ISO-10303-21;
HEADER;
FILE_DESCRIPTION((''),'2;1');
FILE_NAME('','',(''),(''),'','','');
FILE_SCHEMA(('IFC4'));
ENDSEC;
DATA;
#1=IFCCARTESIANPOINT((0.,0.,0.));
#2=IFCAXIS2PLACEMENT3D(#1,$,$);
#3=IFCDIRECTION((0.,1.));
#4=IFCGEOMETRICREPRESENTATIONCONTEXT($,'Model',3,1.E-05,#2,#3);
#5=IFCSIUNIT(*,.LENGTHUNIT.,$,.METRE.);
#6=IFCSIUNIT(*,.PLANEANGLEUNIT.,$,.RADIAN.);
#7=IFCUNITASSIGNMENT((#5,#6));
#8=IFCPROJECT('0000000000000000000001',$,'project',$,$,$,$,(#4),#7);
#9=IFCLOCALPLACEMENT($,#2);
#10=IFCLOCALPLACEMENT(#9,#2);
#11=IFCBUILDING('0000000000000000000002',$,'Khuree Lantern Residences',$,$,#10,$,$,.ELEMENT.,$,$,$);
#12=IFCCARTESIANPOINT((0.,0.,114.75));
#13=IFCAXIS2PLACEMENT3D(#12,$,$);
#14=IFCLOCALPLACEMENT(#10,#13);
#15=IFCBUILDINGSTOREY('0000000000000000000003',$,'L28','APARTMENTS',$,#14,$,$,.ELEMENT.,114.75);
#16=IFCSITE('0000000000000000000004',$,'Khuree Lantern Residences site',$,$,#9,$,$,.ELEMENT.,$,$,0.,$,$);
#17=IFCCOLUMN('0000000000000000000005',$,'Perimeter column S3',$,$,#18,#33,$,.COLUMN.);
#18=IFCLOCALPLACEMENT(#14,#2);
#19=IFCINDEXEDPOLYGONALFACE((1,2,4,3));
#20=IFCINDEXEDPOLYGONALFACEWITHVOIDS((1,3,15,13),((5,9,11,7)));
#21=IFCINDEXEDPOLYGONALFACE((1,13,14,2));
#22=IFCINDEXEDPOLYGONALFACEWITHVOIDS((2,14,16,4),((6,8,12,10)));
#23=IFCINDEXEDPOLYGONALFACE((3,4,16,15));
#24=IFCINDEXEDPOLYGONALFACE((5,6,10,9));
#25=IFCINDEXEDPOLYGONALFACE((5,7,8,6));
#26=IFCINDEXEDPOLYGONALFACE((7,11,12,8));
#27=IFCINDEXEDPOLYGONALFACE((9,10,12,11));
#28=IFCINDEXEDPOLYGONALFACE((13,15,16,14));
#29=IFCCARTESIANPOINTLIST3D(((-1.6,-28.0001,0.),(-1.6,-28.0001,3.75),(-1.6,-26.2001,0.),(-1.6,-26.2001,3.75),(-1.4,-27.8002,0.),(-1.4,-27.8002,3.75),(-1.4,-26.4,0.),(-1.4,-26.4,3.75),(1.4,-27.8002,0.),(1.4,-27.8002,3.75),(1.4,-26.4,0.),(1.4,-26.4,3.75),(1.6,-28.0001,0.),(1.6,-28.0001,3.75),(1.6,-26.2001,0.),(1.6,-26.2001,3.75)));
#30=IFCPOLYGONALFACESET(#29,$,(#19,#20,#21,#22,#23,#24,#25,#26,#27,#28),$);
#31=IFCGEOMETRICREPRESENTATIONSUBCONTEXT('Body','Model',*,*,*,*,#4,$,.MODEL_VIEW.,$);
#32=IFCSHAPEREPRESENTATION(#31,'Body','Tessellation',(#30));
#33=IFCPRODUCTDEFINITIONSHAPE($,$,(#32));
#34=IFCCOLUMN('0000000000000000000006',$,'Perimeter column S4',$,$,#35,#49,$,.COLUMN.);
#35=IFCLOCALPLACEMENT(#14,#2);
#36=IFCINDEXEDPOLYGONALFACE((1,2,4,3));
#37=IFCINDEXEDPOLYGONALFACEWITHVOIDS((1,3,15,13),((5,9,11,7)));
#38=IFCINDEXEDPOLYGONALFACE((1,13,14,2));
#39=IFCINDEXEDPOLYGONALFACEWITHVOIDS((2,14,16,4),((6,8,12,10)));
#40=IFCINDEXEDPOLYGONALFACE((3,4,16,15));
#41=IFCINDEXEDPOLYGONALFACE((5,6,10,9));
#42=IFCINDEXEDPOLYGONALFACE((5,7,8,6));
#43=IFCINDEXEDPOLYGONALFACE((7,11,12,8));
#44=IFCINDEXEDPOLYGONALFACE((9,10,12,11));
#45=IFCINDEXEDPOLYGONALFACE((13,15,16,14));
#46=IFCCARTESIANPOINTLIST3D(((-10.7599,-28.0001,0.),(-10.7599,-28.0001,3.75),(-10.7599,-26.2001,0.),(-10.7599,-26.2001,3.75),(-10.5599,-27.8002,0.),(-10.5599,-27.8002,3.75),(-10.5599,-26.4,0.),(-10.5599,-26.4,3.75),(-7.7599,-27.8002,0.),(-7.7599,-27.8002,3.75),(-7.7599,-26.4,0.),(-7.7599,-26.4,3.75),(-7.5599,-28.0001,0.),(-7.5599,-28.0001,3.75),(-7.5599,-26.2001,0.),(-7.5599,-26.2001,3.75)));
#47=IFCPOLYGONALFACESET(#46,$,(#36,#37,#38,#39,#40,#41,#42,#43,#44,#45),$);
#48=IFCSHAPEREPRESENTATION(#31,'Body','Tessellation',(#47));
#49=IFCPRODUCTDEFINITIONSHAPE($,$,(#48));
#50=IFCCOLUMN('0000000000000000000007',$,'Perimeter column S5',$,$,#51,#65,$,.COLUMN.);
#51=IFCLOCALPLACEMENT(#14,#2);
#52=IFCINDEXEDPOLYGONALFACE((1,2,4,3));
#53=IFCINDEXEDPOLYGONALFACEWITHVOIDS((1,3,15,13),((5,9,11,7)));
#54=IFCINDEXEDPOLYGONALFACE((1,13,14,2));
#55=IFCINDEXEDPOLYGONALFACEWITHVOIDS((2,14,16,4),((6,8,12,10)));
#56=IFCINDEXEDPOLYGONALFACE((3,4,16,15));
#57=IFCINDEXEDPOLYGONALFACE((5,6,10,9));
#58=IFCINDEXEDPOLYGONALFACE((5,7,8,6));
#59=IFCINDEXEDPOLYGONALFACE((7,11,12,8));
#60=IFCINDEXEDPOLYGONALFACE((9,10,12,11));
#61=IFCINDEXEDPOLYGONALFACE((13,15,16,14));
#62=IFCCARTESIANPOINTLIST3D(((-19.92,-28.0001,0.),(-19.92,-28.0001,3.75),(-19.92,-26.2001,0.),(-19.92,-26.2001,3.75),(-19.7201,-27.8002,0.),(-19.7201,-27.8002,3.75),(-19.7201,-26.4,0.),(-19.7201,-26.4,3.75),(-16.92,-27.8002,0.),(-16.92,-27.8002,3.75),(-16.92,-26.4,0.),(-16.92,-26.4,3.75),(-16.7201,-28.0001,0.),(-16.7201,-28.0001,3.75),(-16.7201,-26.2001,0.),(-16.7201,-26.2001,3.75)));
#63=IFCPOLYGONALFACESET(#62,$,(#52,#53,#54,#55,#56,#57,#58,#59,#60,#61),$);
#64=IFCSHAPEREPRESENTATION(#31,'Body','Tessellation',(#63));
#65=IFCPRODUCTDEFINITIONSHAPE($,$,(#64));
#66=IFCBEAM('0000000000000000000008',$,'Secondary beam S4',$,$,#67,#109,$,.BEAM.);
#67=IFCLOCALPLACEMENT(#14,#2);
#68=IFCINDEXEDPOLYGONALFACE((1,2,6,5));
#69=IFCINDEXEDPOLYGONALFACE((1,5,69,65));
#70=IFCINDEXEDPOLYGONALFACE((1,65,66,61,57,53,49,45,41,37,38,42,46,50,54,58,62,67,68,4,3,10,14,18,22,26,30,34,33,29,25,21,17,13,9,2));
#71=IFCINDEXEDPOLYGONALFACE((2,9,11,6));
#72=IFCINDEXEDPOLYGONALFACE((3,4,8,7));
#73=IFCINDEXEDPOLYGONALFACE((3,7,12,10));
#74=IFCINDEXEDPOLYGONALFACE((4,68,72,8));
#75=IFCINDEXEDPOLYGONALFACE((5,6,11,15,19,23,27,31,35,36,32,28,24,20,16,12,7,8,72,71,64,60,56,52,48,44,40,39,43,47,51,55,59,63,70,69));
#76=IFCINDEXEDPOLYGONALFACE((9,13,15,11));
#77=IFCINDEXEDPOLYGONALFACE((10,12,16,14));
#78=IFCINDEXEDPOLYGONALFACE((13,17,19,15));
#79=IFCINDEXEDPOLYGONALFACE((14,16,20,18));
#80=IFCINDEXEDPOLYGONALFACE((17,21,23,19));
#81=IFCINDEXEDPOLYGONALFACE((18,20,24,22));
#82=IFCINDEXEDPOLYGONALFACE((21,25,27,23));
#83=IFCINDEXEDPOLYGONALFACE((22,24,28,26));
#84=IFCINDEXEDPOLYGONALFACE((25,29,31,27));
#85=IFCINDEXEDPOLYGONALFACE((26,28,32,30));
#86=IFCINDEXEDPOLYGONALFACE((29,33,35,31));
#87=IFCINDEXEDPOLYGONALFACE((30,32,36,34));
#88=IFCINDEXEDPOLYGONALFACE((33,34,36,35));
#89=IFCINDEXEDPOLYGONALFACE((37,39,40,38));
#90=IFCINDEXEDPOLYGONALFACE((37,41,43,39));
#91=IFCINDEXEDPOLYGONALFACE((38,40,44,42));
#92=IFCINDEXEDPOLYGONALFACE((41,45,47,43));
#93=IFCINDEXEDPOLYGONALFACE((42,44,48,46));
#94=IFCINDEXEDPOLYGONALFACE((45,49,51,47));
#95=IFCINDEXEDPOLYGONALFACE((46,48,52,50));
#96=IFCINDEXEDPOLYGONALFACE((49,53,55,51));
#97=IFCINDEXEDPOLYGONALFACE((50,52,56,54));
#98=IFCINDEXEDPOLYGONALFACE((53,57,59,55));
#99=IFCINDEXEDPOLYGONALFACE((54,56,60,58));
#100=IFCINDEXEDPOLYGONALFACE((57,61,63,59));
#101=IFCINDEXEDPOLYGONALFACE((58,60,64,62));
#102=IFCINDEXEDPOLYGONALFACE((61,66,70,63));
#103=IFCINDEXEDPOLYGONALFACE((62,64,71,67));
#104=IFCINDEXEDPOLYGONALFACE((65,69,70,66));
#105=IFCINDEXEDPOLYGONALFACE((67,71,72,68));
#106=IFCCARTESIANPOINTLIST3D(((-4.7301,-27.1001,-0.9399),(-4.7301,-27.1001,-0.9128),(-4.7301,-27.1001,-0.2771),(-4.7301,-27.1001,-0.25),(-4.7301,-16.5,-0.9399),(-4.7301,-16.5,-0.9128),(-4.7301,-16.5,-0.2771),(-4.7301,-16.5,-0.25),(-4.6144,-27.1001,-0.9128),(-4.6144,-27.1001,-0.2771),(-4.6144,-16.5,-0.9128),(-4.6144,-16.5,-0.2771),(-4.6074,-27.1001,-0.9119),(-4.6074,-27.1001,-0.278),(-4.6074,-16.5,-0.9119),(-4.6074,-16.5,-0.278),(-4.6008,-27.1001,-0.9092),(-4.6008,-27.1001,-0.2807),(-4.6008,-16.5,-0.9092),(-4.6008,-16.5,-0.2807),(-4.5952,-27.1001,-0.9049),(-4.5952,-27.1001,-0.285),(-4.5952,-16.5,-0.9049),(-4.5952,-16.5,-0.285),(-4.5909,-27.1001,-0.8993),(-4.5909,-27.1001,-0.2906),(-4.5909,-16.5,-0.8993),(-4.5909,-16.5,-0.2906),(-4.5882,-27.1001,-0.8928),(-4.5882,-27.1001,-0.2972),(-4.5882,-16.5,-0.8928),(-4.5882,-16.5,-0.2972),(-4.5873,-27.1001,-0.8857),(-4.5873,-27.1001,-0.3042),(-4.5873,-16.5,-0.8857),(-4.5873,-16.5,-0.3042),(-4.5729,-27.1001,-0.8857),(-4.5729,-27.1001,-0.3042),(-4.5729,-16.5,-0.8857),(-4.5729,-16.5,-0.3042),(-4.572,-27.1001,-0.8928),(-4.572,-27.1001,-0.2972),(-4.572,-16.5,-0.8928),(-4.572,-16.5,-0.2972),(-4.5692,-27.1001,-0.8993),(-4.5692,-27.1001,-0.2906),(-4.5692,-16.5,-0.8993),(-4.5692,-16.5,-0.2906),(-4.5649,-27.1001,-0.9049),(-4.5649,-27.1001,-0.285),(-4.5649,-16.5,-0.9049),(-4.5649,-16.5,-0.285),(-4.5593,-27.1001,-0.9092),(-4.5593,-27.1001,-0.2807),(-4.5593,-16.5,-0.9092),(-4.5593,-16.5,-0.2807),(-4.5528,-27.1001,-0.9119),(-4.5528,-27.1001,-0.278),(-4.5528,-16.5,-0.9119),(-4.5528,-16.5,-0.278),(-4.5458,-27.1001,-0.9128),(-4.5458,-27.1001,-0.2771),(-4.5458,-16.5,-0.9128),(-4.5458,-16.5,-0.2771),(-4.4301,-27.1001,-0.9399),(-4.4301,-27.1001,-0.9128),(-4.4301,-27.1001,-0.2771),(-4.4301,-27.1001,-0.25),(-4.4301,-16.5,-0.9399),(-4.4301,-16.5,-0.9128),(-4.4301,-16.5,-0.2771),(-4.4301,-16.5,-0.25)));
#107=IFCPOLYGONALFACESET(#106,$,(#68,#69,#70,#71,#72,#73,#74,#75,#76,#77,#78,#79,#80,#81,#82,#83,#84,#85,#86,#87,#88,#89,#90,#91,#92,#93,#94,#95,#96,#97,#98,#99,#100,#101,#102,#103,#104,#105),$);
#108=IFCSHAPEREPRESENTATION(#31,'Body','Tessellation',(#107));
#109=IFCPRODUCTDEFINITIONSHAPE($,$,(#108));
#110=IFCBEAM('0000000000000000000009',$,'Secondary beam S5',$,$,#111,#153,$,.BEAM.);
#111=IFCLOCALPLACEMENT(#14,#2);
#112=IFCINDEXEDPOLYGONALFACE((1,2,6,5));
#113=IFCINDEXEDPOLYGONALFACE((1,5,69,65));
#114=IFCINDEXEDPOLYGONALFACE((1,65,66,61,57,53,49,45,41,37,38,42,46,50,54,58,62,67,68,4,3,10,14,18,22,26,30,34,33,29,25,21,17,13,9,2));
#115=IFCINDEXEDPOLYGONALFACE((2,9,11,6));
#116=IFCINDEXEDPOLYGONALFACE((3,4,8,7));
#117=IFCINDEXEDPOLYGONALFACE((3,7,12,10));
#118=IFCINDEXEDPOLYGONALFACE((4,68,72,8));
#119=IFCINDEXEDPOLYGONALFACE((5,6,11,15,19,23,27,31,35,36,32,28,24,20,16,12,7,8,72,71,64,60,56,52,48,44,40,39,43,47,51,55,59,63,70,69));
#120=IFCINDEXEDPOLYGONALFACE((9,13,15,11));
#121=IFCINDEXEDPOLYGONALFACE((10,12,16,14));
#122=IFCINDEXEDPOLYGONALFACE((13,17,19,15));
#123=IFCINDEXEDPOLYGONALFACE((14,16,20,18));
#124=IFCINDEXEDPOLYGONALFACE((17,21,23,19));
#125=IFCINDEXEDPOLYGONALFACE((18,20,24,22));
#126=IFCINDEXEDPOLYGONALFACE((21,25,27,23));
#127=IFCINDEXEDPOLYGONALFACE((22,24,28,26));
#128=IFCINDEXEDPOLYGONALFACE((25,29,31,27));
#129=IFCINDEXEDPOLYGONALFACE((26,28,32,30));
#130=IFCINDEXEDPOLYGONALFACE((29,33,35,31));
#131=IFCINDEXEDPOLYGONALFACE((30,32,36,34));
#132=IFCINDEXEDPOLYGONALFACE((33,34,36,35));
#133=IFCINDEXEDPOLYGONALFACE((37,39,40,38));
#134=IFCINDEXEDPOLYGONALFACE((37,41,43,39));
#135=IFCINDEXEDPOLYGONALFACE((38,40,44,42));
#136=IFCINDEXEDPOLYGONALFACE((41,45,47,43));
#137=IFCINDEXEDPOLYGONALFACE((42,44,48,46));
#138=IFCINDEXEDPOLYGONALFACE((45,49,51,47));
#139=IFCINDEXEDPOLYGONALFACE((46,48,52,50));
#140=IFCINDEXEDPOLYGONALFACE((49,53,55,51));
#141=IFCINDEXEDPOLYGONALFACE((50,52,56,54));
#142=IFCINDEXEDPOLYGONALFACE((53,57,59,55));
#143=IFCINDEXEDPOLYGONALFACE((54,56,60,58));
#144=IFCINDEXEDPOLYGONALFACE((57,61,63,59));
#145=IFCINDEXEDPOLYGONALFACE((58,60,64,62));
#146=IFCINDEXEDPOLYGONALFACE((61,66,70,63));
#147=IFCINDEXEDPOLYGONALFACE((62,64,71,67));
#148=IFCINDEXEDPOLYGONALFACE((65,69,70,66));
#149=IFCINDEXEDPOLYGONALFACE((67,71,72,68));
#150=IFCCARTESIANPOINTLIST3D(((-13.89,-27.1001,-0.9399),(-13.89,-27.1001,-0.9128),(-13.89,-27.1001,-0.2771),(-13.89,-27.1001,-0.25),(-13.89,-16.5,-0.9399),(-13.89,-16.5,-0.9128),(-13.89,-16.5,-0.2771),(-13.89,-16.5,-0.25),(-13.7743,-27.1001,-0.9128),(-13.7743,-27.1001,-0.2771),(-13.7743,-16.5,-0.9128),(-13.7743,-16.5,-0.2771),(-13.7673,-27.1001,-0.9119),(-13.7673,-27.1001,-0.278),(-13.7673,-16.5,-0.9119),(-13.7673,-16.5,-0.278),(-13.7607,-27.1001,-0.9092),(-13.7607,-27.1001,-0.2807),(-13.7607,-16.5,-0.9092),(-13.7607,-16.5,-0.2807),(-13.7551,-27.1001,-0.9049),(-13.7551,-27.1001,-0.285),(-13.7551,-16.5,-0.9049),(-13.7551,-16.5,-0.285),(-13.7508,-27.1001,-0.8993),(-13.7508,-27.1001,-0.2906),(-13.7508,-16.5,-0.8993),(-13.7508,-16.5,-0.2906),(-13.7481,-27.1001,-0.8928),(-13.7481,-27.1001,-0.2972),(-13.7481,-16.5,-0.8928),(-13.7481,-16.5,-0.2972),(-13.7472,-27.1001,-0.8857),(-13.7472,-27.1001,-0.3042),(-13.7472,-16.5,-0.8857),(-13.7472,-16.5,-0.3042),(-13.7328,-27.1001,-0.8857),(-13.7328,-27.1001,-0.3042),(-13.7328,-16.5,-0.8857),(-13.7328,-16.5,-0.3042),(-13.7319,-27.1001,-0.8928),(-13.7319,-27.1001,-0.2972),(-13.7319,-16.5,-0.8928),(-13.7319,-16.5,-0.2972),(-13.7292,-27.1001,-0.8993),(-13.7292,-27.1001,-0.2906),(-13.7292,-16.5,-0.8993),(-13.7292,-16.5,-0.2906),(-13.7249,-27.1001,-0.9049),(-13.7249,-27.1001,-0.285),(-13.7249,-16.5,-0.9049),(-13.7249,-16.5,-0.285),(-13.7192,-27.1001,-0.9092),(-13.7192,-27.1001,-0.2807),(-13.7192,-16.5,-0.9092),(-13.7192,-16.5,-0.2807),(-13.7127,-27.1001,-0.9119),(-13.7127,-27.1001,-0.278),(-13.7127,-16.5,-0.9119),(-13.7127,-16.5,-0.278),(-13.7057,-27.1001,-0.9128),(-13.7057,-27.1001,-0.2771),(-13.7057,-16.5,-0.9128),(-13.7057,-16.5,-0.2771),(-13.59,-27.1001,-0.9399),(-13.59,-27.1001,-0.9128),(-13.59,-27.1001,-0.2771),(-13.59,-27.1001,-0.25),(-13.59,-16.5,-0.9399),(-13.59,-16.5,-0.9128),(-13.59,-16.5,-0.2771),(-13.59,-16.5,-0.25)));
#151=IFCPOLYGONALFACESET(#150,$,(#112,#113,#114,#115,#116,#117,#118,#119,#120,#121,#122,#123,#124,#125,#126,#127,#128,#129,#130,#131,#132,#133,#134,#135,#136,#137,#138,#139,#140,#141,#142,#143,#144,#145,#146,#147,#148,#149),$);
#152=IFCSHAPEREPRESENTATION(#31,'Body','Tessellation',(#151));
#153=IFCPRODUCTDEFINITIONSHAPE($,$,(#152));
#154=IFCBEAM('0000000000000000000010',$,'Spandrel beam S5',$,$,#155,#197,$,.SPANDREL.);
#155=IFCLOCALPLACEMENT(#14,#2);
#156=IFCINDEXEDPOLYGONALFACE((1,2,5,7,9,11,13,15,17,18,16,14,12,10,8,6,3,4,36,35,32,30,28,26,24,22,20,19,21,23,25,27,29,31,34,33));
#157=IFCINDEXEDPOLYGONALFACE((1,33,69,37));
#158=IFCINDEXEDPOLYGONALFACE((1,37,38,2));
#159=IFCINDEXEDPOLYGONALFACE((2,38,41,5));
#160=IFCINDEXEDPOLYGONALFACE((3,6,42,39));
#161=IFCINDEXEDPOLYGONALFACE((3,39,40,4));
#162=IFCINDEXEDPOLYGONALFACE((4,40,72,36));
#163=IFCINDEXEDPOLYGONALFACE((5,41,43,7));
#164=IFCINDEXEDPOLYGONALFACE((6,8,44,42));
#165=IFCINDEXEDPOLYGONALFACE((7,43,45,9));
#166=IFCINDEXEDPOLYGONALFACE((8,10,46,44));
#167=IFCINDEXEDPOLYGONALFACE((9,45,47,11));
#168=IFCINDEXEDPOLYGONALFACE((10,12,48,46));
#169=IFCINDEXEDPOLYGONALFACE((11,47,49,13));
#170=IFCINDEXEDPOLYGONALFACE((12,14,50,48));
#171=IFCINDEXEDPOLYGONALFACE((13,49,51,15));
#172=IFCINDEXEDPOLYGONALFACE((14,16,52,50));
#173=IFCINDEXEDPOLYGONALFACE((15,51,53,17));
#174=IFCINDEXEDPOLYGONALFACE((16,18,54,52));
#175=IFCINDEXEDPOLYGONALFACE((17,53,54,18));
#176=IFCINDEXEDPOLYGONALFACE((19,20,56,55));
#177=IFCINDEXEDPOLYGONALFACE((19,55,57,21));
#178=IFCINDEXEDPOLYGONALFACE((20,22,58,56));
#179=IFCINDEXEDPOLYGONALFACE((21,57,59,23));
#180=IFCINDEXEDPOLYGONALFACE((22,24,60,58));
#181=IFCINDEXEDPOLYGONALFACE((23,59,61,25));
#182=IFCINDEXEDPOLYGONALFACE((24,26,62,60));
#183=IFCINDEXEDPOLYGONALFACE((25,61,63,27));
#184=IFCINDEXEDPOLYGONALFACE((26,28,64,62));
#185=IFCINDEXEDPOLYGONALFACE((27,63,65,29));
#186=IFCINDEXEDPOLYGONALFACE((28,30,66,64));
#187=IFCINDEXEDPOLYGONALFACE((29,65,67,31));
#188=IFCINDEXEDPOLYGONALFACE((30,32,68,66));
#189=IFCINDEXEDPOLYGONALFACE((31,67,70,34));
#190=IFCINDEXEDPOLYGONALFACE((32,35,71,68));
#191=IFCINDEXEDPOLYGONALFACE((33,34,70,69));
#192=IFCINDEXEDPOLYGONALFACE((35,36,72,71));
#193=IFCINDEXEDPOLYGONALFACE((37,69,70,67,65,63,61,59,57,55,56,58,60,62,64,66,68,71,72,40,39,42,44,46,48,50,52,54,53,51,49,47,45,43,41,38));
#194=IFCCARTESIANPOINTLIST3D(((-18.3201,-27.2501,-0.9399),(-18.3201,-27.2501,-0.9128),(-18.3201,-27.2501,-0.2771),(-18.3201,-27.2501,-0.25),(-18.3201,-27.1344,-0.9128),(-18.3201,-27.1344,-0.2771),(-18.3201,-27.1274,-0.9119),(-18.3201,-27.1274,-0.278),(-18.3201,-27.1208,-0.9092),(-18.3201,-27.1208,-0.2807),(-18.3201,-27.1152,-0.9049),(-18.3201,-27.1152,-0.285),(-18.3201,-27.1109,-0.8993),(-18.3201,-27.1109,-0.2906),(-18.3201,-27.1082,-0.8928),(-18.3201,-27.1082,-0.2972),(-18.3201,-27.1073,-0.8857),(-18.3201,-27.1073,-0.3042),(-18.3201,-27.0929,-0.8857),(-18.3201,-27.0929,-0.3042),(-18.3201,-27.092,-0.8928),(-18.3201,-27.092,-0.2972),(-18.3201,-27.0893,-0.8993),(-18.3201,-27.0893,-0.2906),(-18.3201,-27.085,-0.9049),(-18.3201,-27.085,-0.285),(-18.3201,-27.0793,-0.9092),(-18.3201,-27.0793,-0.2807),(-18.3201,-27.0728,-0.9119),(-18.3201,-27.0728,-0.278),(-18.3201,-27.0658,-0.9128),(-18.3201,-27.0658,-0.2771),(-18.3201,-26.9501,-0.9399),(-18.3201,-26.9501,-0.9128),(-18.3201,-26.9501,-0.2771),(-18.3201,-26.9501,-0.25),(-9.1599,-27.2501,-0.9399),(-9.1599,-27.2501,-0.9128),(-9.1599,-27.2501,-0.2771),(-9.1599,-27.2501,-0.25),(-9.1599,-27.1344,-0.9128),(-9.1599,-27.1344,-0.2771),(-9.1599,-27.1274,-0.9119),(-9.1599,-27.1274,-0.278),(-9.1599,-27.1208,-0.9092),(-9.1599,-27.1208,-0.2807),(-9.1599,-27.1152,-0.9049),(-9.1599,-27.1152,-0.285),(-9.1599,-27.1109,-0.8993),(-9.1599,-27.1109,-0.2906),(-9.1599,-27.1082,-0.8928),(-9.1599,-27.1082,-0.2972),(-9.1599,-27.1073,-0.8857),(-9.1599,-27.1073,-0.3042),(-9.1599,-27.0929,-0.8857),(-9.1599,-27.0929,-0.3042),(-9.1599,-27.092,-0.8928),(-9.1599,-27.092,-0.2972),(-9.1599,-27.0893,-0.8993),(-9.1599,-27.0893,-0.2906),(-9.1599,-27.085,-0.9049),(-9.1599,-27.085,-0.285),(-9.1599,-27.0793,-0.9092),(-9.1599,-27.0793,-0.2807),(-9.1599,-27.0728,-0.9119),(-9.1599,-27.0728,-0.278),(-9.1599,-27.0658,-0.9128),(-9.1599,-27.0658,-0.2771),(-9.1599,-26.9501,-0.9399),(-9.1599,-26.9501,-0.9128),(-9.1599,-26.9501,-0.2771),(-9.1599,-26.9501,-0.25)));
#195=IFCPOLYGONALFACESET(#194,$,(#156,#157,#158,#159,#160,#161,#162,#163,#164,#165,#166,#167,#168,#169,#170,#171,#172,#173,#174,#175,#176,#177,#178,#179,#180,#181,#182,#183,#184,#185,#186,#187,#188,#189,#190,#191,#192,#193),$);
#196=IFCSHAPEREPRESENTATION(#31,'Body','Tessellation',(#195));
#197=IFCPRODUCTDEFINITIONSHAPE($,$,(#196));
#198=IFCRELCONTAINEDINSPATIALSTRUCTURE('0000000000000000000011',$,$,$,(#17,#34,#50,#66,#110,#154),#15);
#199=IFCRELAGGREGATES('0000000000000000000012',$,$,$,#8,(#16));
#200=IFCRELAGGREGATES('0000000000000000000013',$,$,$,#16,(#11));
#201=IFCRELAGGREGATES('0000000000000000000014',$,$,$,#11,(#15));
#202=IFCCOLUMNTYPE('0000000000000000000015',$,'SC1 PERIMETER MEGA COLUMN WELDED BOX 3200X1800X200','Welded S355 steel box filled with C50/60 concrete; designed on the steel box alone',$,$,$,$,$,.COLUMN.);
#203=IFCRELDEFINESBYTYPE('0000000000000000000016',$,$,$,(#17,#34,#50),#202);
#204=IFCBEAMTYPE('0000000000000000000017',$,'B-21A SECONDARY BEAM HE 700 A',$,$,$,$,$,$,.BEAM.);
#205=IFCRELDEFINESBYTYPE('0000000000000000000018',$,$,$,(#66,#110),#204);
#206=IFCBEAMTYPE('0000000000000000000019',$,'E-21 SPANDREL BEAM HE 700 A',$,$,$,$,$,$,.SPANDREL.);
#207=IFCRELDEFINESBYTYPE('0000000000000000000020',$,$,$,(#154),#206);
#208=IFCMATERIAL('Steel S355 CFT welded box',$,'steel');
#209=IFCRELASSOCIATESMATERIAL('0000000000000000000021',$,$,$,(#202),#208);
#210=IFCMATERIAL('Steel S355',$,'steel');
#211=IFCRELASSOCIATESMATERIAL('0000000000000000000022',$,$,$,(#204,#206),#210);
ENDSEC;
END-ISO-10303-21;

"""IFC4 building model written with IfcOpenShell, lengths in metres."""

from ifc_helpers import new_model, si_unit, direction, frame, origin, origin_2d, place, context, subcontext, project, spatial, hollow_rectangle, i_section, extrude, material, material_profile, profile_set, type_object, element, save


model = new_model("IFC4")

# Units and contexts
model_context = context("Model", 3, precision=1e-05, world=origin(), true_north=direction((0.0, 1.0)))
body_context = subcontext(model_context, "Body", "Model", "MODEL_VIEW")
ifc_project = project(units=[si_unit("LENGTHUNIT", "METRE"), si_unit("PLANEANGLEUNIT", "RADIAN")], contexts=[model_context])

# Site, building, storey
site_placement = place(None, origin())
site = spatial("IfcSite", under=ifc_project, at=site_placement, Name="Khuree Lantern Residences site", CompositionType="ELEMENT", RefElevation=0.0)
building_placement = place(site_placement, origin())
building = spatial("IfcBuilding", under=site, at=building_placement, Name="Khuree Lantern Residences", CompositionType="ELEMENT")
storey_placement = place(building_placement, frame((0.0, 0.0, 114.75)))
storey = spatial("IfcBuildingStorey", under=building, at=storey_placement, Name="L28", Description="APARTMENTS", CompositionType="ELEMENT", Elevation=114.75)

# Columns
ifc_material_1 = material(Name="Steel S355 CFT welded box", Category="steel")
ifc_material_profile_1 = material_profile(ifc_material_1, hollow_rectangle(XDim=3.2, YDim=1.8, WallThickness=0.2, at=origin_2d()), Name="WELDED BOX 3200X1800X200")
ifc_profile_set_1 = profile_set([ifc_material_profile_1], Name="Steel S355 CFT welded box")
column_type = type_object("IfcColumnType", Name="SC1 PERIMETER MEGA COLUMN WELDED BOX 3200X1800X200", Description="Welded S355 steel box filled with C50/60 concrete; designed on the steel box alone", PredefinedType="COLUMN", material=ifc_profile_set_1)
for number, where, z_axis, x_axis, name in (
    (1, (0.0, -27.1001, 0.0), (0.0, 0.0, 1.0), (1.0, 0.0, 0.0), "Perimeter column S3"),
    (2, (-9.1599, -27.1001, 0.0), (0.0, 0.0, 1.0), (1.0, 0.0, 0.0), "Perimeter column S4"),
    (3, (-18.3201, -27.1001, 0.0), (0.0, 0.0, 1.0), (1.0, 0.0, 0.0), "Perimeter column S5"),
):
    element("IfcColumn", number, at=place(storey_placement, frame(where, z_axis=z_axis, x_axis=x_axis)), inside=storey, type_object=column_type, Name=name, PredefinedType="COLUMN", context=body_context, shape_type="SweptSolid", body=[
        extrude(hollow_rectangle(XDim=3.2, YDim=1.8, WallThickness=0.2, at=origin_2d()), origin(), (0.0, 0.0, 1.0), 3.75),
    ])

# Beams
ifc_material_2 = material(Name="Steel S355", Category="steel")
ifc_material_profile_2 = material_profile(ifc_material_2, i_section(OverallWidth=0.3, OverallDepth=0.6899, WebThickness=0.0144, FlangeThickness=0.0271, FilletRadius=0.0271, at=origin_2d()), Name="HE 700 A")
ifc_profile_set_2 = profile_set([ifc_material_profile_2], Name="Steel S355")
beam_type_1 = type_object("IfcBeamType", Name="B-21A SECONDARY BEAM HE 700 A", PredefinedType="BEAM", material=ifc_profile_set_2)
for number, where, z_axis, x_axis, name in (
    (4, (-4.5801, -27.1001, -0.595), (0.0, 1.0, 0.0), (-1.0, 0.0, 0.0), "Secondary beam S4"),
    (5, (-13.74, -27.1001, -0.595), (0.0, 1.0, 0.0), (-1.0, 0.0, 0.0), "Secondary beam S5"),
):
    element("IfcBeam", number, at=place(storey_placement, frame(where, z_axis=z_axis, x_axis=x_axis)), inside=storey, type_object=beam_type_1, Name=name, PredefinedType="BEAM", context=body_context, shape_type="SweptSolid", body=[
        extrude(i_section(OverallWidth=0.3, OverallDepth=0.6899, WebThickness=0.0144, FlangeThickness=0.0271, FilletRadius=0.0271, at=origin_2d()), origin(), (0.0, 0.0, 1.0), 10.6001),
    ])
ifc_material_profile_3 = material_profile(ifc_material_2, i_section(OverallWidth=0.3, OverallDepth=0.6899, WebThickness=0.0144, FlangeThickness=0.0271, FilletRadius=0.0271, at=origin_2d()), Name="HE 700 A")
ifc_profile_set_3 = profile_set([ifc_material_profile_3], Name="Steel S355")
beam_type_2 = type_object("IfcBeamType", Name="E-21 SPANDREL BEAM HE 700 A", PredefinedType="SPANDREL", material=ifc_profile_set_3)
beam_1_placement = place(storey_placement, frame((-9.1599, -27.1001, -0.595), z_axis=(-1.0, 0.0, 0.0), x_axis=(0.0, -1.0, 0.0)))
element("IfcBeam", 6, at=beam_1_placement, inside=storey, type_object=beam_type_2, Name="Spandrel beam S5", PredefinedType="SPANDREL", context=body_context, shape_type="SweptSolid", body=[
    extrude(i_section(OverallWidth=0.3, OverallDepth=0.6899, WebThickness=0.0144, FlangeThickness=0.0271, FilletRadius=0.0271, at=origin_2d()), origin(), (0.0, 0.0, 1.0), 9.1602),
])

save(model, "model.ifc")
